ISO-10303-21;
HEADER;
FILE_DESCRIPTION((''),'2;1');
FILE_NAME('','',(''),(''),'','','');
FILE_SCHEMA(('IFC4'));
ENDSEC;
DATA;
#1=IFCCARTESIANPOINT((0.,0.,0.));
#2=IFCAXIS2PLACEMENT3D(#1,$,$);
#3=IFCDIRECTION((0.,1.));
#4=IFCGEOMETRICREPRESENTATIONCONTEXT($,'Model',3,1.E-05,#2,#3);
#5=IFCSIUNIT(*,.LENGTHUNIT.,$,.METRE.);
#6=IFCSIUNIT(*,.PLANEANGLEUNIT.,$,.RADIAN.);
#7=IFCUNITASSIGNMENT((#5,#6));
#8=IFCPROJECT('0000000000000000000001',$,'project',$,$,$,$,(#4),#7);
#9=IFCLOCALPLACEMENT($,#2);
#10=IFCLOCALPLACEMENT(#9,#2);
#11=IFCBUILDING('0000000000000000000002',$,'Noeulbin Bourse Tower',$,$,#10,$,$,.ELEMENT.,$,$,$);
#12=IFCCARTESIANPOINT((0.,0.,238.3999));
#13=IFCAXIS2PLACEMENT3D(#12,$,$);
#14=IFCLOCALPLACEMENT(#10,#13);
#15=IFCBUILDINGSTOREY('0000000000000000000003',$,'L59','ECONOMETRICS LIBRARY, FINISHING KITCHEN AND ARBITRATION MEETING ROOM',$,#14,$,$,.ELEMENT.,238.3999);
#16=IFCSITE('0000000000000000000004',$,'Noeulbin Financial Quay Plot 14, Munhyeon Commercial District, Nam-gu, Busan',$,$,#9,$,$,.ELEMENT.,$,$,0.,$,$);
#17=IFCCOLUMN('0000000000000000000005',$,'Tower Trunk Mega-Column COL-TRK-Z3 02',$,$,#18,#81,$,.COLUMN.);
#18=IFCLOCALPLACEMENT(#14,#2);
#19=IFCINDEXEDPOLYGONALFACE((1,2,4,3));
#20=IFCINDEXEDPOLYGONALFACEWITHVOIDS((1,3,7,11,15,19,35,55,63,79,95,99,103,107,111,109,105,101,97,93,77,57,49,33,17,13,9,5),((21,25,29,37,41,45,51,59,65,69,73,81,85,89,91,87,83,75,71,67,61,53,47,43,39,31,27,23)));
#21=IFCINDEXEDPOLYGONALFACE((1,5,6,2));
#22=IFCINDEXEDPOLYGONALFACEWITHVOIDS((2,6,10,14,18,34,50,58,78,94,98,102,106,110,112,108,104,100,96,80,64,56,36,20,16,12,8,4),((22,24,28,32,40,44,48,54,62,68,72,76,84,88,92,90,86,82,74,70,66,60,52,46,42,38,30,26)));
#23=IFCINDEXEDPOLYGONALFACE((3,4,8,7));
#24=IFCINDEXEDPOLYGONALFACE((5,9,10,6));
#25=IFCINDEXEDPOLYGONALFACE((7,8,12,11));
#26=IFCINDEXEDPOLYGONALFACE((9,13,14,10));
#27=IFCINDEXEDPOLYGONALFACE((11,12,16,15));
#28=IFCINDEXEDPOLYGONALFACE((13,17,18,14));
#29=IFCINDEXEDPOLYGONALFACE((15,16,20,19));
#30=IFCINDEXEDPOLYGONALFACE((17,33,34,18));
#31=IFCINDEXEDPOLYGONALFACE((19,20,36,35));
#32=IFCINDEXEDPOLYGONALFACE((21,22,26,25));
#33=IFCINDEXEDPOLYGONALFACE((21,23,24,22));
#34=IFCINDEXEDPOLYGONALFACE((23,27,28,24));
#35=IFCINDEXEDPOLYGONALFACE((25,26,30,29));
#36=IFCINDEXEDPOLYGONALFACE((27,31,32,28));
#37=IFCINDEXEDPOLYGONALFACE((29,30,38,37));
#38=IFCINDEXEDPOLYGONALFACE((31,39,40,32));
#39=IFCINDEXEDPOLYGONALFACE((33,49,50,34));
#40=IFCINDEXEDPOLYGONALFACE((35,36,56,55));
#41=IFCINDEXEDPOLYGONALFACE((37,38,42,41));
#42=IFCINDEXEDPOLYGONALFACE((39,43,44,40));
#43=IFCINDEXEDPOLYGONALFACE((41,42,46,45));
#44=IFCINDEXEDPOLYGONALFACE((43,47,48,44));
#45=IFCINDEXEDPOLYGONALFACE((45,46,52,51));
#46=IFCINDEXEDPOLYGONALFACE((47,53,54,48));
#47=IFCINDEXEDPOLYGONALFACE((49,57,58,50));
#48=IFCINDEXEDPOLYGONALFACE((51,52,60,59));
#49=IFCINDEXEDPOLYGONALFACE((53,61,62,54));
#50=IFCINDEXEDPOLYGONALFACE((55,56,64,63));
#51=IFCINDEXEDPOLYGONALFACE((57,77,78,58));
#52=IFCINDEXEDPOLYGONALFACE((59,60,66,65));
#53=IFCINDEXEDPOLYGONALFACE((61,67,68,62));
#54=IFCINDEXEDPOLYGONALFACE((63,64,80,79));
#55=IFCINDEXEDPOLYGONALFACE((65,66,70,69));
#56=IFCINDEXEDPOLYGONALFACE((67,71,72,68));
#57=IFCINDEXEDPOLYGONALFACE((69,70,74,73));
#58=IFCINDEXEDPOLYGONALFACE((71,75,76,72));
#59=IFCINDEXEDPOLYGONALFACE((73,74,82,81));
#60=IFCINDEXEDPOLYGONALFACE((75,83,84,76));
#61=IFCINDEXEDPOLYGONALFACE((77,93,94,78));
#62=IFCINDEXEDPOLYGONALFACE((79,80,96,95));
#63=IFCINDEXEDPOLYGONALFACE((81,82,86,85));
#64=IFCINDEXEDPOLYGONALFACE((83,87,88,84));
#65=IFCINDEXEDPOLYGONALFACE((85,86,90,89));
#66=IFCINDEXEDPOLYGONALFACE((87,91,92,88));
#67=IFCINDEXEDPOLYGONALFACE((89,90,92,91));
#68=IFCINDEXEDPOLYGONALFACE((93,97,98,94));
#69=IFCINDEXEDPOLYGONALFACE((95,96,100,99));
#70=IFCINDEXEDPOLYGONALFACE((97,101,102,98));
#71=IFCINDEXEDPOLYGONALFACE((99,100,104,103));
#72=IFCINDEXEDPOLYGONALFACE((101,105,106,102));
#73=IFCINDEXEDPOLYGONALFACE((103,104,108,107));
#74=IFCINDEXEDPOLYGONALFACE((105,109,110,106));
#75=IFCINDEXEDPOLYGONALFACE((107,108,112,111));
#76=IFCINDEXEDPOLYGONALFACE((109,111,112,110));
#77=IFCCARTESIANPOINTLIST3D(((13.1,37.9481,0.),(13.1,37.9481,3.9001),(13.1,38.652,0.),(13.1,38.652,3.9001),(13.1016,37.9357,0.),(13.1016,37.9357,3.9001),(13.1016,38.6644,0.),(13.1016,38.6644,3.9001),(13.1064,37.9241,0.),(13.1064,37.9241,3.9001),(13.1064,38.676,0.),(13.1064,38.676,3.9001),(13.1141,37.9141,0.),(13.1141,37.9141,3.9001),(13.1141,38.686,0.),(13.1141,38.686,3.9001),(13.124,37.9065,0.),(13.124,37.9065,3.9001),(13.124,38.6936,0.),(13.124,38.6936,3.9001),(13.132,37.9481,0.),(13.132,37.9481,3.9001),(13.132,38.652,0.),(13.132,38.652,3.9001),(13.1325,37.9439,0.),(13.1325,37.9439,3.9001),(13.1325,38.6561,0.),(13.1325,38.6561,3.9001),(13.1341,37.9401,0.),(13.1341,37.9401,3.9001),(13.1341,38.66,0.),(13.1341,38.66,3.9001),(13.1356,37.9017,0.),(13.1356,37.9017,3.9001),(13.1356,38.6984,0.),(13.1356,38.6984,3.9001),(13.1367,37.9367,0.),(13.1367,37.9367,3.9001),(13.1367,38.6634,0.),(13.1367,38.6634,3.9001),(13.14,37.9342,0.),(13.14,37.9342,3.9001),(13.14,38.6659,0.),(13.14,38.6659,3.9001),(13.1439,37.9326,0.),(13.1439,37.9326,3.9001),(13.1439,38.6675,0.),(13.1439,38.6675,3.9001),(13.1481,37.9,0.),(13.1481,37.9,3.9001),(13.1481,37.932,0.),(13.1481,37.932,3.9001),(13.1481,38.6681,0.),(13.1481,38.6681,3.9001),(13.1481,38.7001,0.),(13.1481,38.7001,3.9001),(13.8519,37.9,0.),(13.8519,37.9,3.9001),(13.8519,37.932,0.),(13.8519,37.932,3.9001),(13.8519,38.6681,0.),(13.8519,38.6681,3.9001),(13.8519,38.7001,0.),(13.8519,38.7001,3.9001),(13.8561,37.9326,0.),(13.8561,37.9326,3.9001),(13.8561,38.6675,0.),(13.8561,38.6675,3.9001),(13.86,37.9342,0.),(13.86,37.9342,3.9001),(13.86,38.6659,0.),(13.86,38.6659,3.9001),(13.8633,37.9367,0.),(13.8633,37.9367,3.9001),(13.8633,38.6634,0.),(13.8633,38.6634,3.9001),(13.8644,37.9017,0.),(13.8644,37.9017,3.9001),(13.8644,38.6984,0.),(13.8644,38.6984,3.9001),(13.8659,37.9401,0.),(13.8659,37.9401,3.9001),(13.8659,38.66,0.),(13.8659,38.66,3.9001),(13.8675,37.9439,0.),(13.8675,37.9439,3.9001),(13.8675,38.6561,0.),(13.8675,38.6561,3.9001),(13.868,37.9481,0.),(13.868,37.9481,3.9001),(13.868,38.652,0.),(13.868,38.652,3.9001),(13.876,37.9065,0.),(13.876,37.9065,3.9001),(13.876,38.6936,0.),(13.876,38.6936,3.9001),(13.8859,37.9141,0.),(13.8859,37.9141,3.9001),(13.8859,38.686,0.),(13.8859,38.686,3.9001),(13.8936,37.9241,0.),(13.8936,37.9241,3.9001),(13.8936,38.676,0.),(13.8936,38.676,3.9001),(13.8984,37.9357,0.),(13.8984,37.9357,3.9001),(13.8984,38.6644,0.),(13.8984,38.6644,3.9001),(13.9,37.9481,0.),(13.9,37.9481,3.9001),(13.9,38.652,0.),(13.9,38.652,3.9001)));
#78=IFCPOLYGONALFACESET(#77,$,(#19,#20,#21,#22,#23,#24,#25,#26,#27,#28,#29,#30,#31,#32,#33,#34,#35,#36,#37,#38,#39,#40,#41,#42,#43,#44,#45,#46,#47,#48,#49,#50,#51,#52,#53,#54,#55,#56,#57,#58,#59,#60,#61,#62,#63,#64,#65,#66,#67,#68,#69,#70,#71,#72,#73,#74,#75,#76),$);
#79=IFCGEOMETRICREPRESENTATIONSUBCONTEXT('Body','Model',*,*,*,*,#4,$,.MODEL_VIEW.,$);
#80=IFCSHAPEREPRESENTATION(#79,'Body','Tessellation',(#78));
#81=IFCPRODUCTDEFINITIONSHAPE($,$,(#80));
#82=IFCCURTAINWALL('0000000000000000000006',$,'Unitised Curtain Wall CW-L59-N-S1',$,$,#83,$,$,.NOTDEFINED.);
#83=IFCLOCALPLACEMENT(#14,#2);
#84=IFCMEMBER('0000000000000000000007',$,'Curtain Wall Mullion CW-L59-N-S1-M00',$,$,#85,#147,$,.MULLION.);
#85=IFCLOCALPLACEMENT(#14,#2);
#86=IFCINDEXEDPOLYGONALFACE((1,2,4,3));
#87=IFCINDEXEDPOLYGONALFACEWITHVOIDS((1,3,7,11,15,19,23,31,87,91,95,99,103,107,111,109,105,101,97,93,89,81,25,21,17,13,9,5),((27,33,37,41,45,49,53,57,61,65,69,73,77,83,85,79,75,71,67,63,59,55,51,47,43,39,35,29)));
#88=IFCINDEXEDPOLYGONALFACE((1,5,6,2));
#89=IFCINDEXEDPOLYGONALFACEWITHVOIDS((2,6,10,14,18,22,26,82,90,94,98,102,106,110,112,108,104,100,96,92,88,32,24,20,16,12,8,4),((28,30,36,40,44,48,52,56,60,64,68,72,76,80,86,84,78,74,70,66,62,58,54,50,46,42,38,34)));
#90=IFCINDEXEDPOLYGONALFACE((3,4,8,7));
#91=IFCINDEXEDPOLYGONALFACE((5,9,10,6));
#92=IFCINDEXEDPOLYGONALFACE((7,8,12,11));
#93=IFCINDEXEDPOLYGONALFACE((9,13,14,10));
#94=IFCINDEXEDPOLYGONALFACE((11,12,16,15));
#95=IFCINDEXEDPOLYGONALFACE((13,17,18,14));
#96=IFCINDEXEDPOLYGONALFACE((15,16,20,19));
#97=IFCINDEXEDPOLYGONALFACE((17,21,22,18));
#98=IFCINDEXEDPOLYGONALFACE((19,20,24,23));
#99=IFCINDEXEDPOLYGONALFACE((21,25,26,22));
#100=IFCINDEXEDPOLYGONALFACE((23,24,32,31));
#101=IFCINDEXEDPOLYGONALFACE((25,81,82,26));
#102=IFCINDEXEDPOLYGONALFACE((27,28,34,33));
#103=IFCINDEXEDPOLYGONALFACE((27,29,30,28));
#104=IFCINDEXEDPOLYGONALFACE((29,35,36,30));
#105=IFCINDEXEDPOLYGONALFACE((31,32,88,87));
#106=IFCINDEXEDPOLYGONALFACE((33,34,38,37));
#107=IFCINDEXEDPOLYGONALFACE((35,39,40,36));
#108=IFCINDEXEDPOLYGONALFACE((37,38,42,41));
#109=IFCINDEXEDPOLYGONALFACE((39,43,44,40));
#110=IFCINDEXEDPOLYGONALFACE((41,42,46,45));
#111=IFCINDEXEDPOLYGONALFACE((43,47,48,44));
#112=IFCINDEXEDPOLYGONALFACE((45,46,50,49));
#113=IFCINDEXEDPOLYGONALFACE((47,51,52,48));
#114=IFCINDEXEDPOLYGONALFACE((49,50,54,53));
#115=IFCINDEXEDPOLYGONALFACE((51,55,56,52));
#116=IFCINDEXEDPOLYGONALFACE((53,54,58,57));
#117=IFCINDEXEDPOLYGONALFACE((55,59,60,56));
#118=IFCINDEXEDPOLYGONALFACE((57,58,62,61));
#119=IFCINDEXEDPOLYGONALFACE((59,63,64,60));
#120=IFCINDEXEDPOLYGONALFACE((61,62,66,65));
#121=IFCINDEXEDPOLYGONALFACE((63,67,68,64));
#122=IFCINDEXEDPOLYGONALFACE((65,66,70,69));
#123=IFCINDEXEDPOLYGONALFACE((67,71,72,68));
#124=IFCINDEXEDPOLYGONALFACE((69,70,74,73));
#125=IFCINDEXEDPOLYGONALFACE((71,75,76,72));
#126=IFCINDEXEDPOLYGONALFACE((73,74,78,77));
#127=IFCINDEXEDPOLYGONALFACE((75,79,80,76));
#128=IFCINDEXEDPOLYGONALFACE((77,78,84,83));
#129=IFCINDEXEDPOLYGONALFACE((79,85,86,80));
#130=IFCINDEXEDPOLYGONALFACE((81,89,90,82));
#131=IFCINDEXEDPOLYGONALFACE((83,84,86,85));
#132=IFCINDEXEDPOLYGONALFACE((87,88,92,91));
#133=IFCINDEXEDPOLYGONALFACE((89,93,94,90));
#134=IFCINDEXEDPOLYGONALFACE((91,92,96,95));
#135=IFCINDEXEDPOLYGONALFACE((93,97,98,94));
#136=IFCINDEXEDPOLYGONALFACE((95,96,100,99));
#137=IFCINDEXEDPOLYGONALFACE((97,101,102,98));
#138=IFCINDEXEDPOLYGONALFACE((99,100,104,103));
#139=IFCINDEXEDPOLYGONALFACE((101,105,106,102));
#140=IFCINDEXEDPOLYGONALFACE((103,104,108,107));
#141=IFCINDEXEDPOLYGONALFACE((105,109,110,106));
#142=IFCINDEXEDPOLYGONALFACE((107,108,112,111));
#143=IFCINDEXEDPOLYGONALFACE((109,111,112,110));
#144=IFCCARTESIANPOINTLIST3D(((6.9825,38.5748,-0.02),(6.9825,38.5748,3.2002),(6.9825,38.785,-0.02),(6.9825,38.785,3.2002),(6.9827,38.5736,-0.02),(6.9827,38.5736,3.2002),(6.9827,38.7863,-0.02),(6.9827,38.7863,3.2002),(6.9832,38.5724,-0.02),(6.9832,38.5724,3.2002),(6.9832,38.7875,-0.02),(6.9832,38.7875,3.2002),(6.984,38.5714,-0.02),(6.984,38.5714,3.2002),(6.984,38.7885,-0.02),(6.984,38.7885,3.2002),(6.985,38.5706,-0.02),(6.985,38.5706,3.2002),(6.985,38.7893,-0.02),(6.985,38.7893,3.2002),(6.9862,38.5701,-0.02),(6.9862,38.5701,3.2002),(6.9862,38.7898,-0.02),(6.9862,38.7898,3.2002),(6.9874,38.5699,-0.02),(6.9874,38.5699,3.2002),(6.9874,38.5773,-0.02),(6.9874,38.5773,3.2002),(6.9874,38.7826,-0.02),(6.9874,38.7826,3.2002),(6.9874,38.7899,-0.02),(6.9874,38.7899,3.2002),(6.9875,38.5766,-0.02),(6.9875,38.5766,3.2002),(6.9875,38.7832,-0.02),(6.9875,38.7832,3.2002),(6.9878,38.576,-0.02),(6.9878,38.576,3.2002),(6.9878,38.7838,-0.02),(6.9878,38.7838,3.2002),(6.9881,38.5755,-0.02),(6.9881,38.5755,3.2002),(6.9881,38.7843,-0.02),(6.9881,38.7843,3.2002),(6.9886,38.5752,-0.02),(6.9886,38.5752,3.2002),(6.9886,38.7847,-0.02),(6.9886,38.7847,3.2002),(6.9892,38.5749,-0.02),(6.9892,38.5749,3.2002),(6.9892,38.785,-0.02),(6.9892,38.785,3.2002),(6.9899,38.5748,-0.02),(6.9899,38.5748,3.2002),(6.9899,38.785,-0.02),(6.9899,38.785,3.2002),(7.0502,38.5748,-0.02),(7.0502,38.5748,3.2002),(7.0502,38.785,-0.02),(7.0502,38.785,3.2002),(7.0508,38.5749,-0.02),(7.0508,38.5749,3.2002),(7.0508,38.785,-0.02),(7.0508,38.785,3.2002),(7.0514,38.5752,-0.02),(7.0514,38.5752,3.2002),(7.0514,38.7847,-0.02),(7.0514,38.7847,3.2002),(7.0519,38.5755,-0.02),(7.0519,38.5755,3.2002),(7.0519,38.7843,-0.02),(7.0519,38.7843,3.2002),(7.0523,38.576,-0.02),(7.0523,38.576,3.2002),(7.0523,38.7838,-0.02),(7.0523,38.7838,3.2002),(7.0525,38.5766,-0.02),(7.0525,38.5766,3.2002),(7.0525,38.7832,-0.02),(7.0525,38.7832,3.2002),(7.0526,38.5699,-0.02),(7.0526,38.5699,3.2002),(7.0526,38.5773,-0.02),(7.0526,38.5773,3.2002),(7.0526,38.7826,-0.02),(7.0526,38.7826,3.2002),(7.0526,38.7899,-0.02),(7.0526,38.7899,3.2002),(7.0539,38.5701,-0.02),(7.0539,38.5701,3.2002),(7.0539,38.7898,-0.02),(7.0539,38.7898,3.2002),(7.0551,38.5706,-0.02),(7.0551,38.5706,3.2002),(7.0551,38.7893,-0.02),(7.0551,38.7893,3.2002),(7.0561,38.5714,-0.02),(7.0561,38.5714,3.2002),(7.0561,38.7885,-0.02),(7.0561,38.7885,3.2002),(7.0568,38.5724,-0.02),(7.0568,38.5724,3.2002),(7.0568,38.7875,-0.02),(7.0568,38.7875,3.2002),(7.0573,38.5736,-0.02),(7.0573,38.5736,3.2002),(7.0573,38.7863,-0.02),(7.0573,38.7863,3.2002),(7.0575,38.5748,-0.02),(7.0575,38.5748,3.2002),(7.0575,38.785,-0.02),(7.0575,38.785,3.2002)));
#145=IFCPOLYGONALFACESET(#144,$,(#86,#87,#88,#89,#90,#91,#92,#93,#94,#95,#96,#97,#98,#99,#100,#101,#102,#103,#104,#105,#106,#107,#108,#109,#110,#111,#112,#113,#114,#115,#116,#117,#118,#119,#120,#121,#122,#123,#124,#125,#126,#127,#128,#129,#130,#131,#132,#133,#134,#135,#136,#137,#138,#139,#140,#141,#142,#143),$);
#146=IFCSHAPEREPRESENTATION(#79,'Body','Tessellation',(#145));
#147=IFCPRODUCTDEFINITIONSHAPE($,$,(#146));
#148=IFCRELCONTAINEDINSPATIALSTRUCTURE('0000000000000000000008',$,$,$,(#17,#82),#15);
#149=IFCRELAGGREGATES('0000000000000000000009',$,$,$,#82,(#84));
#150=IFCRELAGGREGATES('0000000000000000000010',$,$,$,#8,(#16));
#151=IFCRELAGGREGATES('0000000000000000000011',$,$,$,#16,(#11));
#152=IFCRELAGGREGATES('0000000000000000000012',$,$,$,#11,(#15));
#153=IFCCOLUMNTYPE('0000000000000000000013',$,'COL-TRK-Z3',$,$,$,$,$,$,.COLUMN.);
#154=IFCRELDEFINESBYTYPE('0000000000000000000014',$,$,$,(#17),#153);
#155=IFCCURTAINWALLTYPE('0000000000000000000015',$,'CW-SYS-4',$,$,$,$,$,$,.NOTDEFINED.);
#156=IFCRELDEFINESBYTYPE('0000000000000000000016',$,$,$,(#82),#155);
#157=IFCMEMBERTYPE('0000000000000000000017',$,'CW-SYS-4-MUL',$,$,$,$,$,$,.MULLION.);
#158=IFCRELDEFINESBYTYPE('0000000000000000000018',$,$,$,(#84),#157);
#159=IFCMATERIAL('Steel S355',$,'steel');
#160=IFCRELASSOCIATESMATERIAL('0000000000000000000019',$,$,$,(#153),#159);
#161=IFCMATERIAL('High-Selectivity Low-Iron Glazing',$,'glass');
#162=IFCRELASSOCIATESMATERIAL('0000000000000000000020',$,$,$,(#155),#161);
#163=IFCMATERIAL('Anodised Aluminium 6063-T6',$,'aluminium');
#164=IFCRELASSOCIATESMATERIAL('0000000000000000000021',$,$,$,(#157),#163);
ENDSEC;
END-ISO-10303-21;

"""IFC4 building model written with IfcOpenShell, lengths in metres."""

from ifc_helpers import new_model, si_unit, direction, frame, origin, origin_2d, place, context, subcontext, project, spatial, hollow_rectangle, extrude, material, material_profile, profile_set, type_object, element, aggregate, save


model = new_model("IFC4")

# Units and contexts
model_context = context("Model", 3, precision=1e-05, world=origin(), true_north=direction((0.0, 1.0)))
body_context = subcontext(model_context, "Body", "Model", "MODEL_VIEW")
ifc_project = project(units=[si_unit("LENGTHUNIT", "METRE"), si_unit("PLANEANGLEUNIT", "RADIAN")], contexts=[model_context])

# Site, building, storey
site_placement = place(None, origin())
site = spatial("IfcSite", under=ifc_project, at=site_placement, Name="Noeulbin Financial Quay Plot 14, Munhyeon Commercial District, Nam-gu, Busan", CompositionType="ELEMENT", RefElevation=0.0)
building_placement = place(site_placement, origin())
building = spatial("IfcBuilding", under=site, at=building_placement, Name="Noeulbin Bourse Tower", CompositionType="ELEMENT")
storey_placement = place(building_placement, frame((0.0, 0.0, 238.3999)))
storey = spatial("IfcBuildingStorey", under=building, at=storey_placement, Name="L59", Description="ECONOMETRICS LIBRARY, FINISHING KITCHEN AND ARBITRATION MEETING ROOM", CompositionType="ELEMENT", Elevation=238.3999)

# Column
ifc_material_1 = material(Name="Steel S355", Category="steel")
ifc_material_profile_1 = material_profile(ifc_material_1, hollow_rectangle(XDim=0.8, YDim=0.8, WallThickness=0.032, InnerFilletRadius=0.0161, OuterFilletRadius=0.0481, at=origin_2d()), Name="BOX-800x800x32", Category="LoadBearing")
ifc_profile_set_1 = profile_set([ifc_material_profile_1], Name="Steel S355")
column_type = type_object("IfcColumnType", Name="COL-TRK-Z3", PredefinedType="COLUMN", material=ifc_profile_set_1)
column_placement = place(storey_placement, frame((13.5, 38.3, 0.0), z_axis=(0.0, 0.0, 1.0), x_axis=(1.0, 0.0, 0.0)))
element("IfcColumn", 1, at=column_placement, inside=storey, type_object=column_type, Name="Tower Trunk Mega-Column COL-TRK-Z3 02", PredefinedType="COLUMN", context=body_context, shape_type="SweptSolid", body=[
    extrude(hollow_rectangle(XDim=0.8, YDim=0.8, WallThickness=0.032, InnerFilletRadius=0.0161, OuterFilletRadius=0.0481, at=origin_2d()), origin(), (0.0, 0.0, 1.0), 3.9001),
])

# Curtain wall, member
ifc_material_2 = material(Name="High-Selectivity Low-Iron Glazing", Category="glass")
curtain_wall_type = type_object("IfcCurtainWallType", Name="CW-SYS-4", PredefinedType="NOTDEFINED", material=ifc_material_2)
curtain_wall_1_placement = place(storey_placement, origin())
curtain_wall_1 = element("IfcCurtainWall", 2, at=curtain_wall_1_placement, inside=storey, type_object=curtain_wall_type, Name="Unitised Curtain Wall CW-L59-N-S1", PredefinedType="NOTDEFINED")
ifc_material_3 = material(Name="Anodised Aluminium 6063-T6", Category="aluminium")
ifc_material_profile_2 = material_profile(ifc_material_3, hollow_rectangle(XDim=0.075, YDim=0.22, WallThickness=0.0049, InnerFilletRadius=0.0024, OuterFilletRadius=0.0049, at=origin_2d()), Name="ALU-MULL-75x220x5", Category="LoadBearing")
ifc_profile_set_2 = profile_set([ifc_material_profile_2], Name="Anodised Aluminium 6063-T6")
member_type_1 = type_object("IfcMemberType", Name="CW-SYS-4-MUL", PredefinedType="MULLION", material=ifc_profile_set_2)
member_1_placement = place(storey_placement, frame((7.02, 38.6799, -0.02), z_axis=(0.0, 0.0, 1.0), x_axis=(1.0, 0.0, 0.0)))
member_1 = element("IfcMember", 3, at=member_1_placement, type_object=member_type_1, Name="Curtain Wall Mullion CW-L59-N-S1-M00", PredefinedType="MULLION", context=body_context, shape_type="SweptSolid", body=[
    extrude(hollow_rectangle(XDim=0.075, YDim=0.22, WallThickness=0.0049, InnerFilletRadius=0.0024, OuterFilletRadius=0.0049, at=origin_2d()), origin(), (0.0, 0.0, 1.0), 3.2202),
])

aggregate(curtain_wall_1, [member_1])

save(model, "model.ifc")
